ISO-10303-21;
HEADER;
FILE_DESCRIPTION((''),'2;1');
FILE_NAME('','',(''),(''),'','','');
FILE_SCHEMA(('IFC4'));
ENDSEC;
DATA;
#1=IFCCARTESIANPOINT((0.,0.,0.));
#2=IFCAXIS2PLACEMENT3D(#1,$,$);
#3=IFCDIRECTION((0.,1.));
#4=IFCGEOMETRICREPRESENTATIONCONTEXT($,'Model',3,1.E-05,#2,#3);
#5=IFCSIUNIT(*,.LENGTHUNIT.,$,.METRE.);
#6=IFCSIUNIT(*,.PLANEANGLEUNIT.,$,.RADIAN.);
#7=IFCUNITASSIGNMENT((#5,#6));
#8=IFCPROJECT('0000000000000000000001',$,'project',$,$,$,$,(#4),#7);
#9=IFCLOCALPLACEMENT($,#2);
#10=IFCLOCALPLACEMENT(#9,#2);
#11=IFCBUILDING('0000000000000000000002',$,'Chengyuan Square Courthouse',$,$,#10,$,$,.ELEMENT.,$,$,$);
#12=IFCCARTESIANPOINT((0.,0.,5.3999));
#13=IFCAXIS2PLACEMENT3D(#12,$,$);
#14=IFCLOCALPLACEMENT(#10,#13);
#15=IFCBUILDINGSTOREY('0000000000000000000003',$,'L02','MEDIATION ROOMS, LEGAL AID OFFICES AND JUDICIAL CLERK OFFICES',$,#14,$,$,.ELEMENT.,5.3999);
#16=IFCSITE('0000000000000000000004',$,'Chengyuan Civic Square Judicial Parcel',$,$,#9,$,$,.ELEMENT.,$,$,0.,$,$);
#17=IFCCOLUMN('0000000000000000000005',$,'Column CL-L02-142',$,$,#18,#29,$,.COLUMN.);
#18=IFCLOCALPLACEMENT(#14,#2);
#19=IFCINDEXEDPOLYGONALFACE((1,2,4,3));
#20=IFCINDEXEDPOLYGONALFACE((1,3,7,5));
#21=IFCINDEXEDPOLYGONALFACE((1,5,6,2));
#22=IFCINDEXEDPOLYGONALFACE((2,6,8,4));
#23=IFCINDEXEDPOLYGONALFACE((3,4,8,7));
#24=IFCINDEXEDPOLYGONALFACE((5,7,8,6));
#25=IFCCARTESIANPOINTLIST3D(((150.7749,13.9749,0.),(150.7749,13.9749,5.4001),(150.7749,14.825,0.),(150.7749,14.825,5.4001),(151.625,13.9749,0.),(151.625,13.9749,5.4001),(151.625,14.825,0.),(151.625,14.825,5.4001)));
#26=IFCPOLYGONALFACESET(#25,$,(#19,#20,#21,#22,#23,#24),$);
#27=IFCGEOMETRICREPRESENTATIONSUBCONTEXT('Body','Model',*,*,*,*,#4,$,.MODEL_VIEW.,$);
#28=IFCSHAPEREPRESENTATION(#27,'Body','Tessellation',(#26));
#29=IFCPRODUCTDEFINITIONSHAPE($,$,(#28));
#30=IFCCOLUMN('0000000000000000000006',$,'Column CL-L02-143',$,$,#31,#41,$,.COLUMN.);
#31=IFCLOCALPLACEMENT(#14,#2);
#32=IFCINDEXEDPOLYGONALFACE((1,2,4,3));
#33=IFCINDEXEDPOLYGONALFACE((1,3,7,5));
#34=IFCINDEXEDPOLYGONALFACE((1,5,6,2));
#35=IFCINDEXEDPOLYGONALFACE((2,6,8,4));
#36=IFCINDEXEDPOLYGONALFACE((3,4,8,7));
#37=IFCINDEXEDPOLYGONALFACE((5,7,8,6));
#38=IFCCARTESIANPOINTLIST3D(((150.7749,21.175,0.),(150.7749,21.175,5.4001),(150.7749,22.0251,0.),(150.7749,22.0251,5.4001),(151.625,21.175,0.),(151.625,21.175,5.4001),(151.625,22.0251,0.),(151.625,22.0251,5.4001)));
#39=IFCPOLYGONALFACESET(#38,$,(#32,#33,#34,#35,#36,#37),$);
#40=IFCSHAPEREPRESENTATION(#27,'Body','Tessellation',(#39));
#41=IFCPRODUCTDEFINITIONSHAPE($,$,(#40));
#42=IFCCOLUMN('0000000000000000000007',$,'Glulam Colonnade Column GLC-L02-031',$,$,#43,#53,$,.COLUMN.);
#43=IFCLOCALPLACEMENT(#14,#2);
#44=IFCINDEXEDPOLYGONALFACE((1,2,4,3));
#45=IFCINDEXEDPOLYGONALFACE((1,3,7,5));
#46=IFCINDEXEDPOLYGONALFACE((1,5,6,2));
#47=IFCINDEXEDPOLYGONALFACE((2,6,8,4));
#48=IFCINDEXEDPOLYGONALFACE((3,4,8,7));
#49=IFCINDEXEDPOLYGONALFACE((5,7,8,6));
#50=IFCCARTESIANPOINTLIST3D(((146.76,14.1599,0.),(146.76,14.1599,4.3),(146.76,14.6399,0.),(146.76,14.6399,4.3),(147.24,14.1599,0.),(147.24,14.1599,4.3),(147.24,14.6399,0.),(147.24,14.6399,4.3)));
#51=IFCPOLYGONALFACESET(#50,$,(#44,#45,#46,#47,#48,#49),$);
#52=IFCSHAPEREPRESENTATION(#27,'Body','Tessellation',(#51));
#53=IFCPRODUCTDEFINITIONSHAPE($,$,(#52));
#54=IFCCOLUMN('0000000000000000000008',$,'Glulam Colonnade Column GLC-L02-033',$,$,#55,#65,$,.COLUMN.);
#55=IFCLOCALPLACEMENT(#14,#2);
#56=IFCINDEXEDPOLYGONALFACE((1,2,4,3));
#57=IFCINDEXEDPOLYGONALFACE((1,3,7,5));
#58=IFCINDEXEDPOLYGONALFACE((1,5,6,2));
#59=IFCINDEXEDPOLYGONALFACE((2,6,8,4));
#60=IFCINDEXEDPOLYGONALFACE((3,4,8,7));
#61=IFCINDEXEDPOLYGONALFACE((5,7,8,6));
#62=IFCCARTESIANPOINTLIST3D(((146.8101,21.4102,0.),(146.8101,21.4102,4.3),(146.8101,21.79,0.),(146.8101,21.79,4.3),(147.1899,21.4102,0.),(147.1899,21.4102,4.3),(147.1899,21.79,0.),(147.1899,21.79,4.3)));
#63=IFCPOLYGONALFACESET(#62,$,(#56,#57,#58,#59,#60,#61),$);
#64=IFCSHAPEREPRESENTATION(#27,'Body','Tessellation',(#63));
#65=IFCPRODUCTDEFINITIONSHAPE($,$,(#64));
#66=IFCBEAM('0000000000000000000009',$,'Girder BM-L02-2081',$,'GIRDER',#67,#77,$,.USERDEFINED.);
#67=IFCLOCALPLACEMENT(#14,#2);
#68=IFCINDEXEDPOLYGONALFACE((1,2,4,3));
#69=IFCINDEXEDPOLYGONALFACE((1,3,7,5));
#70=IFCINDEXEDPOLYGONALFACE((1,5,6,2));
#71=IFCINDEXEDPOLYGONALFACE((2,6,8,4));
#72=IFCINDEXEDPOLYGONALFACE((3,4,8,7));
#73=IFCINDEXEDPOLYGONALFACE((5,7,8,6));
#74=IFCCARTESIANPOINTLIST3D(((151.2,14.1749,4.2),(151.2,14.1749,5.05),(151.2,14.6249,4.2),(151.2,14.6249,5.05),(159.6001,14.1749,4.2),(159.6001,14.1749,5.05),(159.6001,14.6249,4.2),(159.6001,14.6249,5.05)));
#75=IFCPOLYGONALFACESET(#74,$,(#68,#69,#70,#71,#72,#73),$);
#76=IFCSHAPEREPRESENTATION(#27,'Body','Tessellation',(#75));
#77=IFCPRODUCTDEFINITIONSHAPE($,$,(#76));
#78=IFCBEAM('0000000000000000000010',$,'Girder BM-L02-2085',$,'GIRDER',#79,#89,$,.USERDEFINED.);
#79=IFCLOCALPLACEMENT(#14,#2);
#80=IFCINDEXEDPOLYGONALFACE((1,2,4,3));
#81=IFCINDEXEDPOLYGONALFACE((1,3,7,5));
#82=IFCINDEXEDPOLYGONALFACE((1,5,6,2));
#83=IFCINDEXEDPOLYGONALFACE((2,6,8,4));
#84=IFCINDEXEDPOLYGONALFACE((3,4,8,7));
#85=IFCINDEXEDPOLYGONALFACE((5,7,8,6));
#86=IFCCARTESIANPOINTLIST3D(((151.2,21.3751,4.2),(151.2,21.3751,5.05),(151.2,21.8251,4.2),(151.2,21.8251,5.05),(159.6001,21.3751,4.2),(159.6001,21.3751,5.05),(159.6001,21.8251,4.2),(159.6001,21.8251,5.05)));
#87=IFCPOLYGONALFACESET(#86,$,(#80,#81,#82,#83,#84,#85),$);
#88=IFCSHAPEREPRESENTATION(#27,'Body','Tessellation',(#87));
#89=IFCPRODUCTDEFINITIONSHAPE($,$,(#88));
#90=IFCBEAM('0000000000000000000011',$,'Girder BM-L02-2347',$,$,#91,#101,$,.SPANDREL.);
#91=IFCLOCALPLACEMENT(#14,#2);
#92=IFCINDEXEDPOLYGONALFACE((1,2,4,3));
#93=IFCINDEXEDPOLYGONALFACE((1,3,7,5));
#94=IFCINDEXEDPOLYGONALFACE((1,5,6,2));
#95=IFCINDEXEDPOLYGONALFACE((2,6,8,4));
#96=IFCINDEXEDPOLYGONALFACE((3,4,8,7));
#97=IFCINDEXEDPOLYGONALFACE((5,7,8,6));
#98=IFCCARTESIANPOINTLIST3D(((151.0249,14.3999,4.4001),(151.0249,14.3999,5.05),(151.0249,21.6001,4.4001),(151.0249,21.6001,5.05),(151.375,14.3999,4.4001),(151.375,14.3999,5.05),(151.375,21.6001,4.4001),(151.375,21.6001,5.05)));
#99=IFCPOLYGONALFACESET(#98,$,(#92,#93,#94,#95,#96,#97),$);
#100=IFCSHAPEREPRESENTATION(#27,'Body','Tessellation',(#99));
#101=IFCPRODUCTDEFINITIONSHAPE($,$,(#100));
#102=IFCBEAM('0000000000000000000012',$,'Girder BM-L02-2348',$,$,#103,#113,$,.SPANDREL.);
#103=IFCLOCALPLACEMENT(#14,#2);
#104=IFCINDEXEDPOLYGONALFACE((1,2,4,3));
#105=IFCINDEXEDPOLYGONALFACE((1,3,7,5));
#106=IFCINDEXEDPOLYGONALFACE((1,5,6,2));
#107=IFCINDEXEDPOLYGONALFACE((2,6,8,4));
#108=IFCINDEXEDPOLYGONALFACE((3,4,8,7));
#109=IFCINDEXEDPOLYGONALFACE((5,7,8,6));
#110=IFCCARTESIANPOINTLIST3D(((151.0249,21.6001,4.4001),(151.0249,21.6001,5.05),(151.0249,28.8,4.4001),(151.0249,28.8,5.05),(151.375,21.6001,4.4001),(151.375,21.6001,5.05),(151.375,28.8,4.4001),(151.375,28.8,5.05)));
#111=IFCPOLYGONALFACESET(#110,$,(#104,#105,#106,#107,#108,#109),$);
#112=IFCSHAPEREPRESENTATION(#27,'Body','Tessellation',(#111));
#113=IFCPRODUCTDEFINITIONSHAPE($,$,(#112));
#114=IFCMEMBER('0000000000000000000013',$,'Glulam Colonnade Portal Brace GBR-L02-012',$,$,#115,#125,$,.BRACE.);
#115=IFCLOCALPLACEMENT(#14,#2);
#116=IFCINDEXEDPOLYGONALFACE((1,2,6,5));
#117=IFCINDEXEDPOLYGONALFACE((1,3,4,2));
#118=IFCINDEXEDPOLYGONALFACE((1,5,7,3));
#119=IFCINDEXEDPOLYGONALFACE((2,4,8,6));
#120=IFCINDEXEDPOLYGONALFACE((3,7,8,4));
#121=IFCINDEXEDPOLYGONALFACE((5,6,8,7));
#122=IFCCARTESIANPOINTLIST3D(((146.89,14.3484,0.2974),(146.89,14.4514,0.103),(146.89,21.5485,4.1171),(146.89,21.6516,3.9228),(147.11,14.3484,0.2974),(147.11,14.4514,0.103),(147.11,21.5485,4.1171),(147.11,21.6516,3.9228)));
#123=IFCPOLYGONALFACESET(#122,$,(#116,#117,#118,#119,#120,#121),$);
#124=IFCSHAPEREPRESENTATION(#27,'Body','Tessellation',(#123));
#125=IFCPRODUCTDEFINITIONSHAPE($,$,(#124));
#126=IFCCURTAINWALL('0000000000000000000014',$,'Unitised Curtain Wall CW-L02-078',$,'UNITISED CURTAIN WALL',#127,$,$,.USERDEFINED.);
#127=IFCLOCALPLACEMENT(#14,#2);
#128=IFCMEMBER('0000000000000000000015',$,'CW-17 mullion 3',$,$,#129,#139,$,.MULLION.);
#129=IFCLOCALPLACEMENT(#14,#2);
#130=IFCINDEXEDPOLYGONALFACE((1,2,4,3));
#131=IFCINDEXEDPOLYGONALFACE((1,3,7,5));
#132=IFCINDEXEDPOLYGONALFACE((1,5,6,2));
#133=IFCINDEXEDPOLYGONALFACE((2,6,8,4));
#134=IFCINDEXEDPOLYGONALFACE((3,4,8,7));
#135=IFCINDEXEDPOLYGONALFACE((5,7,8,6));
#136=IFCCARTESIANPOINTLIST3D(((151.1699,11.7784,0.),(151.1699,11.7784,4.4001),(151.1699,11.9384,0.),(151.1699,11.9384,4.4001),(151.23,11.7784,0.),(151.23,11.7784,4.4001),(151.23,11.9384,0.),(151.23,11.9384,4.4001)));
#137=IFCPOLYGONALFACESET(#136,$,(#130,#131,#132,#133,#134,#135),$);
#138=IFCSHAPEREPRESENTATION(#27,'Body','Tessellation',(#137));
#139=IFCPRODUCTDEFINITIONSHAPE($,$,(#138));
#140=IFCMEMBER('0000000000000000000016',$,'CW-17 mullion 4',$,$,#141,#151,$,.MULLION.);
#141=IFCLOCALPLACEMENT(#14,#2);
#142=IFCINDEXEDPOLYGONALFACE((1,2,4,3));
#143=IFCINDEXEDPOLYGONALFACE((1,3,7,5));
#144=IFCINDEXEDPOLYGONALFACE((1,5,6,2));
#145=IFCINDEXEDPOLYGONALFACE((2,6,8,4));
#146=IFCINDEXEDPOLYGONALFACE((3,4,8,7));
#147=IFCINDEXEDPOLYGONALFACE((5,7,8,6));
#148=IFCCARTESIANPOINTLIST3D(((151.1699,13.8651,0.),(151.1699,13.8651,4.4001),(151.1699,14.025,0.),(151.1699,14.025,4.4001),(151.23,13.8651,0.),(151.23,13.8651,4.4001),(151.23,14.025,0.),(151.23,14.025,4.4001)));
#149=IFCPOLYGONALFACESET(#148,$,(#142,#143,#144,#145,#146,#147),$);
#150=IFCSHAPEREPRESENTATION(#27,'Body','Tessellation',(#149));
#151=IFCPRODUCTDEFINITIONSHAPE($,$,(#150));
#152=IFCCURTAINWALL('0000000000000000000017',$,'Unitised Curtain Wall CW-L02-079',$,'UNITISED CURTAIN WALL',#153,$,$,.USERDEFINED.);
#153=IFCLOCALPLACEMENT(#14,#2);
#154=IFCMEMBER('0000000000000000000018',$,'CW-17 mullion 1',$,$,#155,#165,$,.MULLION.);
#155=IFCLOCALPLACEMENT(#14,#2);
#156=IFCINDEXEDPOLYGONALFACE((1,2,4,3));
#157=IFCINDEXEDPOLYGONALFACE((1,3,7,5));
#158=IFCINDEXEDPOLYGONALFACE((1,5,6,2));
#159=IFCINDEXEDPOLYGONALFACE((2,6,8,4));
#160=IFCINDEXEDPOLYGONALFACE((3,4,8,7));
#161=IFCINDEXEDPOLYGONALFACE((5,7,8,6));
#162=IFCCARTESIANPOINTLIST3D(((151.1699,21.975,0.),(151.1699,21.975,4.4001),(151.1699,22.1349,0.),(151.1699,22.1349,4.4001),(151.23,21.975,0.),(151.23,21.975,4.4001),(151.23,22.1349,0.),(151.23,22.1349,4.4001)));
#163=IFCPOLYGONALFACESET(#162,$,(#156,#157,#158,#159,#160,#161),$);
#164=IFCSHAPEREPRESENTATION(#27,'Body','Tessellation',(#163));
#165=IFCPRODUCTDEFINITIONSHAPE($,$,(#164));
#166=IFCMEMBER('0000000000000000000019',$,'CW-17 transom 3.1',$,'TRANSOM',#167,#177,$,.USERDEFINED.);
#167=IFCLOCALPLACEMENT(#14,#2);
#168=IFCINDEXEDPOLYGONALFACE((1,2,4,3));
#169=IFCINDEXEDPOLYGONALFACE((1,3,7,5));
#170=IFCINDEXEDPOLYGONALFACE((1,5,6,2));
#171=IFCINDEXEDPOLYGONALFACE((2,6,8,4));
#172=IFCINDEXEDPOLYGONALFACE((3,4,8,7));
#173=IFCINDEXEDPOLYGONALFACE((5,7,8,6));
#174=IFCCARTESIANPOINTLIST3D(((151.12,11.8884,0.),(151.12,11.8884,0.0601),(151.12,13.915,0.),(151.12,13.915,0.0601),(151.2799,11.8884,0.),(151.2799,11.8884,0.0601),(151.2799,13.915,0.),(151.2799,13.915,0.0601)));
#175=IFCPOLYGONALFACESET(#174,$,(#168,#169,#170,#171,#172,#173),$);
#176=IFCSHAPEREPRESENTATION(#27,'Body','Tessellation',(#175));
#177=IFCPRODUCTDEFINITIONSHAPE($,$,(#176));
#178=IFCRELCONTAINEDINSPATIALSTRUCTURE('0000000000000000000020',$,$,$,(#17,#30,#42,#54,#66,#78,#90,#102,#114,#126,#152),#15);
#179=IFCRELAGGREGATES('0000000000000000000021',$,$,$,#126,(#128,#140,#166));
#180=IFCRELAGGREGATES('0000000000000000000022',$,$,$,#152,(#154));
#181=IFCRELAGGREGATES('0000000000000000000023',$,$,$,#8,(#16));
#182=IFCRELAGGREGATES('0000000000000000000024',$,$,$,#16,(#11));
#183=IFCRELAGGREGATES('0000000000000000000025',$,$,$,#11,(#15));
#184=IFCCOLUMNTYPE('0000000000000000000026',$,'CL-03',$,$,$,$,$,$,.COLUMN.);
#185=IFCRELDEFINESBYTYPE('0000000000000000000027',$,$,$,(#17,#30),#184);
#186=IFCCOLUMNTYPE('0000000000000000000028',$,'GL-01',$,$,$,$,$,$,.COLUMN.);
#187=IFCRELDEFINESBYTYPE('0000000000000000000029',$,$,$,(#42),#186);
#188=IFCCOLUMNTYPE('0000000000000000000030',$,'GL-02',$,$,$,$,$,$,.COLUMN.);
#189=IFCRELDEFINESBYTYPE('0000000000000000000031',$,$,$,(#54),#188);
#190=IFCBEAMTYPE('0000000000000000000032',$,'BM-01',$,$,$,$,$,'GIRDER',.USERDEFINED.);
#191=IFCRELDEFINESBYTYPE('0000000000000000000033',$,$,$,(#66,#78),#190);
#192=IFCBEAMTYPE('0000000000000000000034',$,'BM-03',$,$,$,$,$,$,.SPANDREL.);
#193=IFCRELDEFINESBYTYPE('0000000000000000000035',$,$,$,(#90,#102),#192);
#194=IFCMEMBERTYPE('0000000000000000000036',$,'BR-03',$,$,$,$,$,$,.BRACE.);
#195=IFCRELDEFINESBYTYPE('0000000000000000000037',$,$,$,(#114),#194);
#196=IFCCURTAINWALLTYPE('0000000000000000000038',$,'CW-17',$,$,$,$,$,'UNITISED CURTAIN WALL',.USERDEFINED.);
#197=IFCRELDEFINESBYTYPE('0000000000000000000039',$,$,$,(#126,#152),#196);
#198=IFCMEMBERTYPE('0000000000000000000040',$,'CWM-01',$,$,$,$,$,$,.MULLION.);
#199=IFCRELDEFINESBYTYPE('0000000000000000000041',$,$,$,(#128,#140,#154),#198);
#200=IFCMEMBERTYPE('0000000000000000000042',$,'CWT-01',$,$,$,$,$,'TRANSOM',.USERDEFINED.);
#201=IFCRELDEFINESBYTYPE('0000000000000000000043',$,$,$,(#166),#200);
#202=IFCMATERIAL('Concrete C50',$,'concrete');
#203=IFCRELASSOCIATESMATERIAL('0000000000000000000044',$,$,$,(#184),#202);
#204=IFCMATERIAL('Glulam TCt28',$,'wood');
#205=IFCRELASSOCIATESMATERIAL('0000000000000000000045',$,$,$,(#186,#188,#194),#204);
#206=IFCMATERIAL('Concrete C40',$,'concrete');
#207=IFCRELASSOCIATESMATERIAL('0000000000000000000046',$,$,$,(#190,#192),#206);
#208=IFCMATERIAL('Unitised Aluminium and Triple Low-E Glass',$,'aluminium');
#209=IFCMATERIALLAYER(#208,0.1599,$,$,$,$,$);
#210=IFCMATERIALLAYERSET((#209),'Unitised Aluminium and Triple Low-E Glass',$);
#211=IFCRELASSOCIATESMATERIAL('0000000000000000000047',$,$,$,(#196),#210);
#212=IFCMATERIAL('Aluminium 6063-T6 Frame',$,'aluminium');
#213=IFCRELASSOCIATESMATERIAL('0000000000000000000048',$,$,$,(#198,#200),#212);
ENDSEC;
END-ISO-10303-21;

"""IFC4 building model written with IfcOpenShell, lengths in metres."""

from ifc_helpers import new_model, si_unit, direction, frame, origin, origin_2d, place, context, subcontext, project, spatial, rectangle, extrude, material, layer, layer_set, material_profile, profile_set, type_object, element, aggregate, save


model = new_model("IFC4")

# Units and contexts
model_context = context("Model", 3, precision=1e-05, world=origin(), true_north=direction((0.0, 1.0)))
body_context = subcontext(model_context, "Body", "Model", "MODEL_VIEW")
ifc_project = project(units=[si_unit("LENGTHUNIT", "METRE"), si_unit("PLANEANGLEUNIT", "RADIAN")], contexts=[model_context])

# Site, building, storey
site_placement = place(None, origin())
site = spatial("IfcSite", under=ifc_project, at=site_placement, Name="Chengyuan Civic Square Judicial Parcel", CompositionType="ELEMENT", RefElevation=0.0)
building_placement = place(site_placement, origin())
building = spatial("IfcBuilding", under=site, at=building_placement, Name="Chengyuan Square Courthouse", CompositionType="ELEMENT")
storey_placement = place(building_placement, frame((0.0, 0.0, 5.3999)))
storey = spatial("IfcBuildingStorey", under=building, at=storey_placement, Name="L02", Description="MEDIATION ROOMS, LEGAL AID OFFICES AND JUDICIAL CLERK OFFICES", CompositionType="ELEMENT", Elevation=5.3999)

# Columns
ifc_material_1 = material(Name="Concrete C50", Category="concrete")
ifc_material_profile_1 = material_profile(ifc_material_1, rectangle(XDim=0.8501, YDim=0.8501, at=origin_2d()), Name="RC-COL-850x850")
ifc_profile_set_1 = profile_set([ifc_material_profile_1], Name="Concrete C50")
column_type_1 = type_object("IfcColumnType", Name="CL-03", PredefinedType="COLUMN", material=ifc_profile_set_1)
for number, where, z_axis, x_axis, name in (
    (1, (151.2, 14.3999, 0.0), (0.0, 0.0, 1.0), (1.0, 0.0, 0.0), "Column CL-L02-142"),
    (2, (151.2, 21.6001, 0.0), (0.0, 0.0, 1.0), (1.0, 0.0, 0.0), "Column CL-L02-143"),
):
    element("IfcColumn", number, at=place(storey_placement, frame(where, z_axis=z_axis, x_axis=x_axis)), inside=storey, type_object=column_type_1, Name=name, PredefinedType="COLUMN", context=body_context, shape_type="SweptSolid", body=[
        extrude(rectangle(XDim=0.8501, YDim=0.8501, at=origin_2d()), origin(), (0.0, 0.0, 1.0), 5.4001),
    ])
ifc_material_2 = material(Name="Glulam TCt28", Category="wood")
ifc_material_profile_2 = material_profile(ifc_material_2, rectangle(XDim=0.48, YDim=0.48, at=origin_2d()), Name="GL-COL-480x480")
ifc_profile_set_2 = profile_set([ifc_material_profile_2], Name="Glulam TCt28")
column_type_2 = type_object("IfcColumnType", Name="GL-01", PredefinedType="COLUMN", material=ifc_profile_set_2)
column_1_placement = place(storey_placement, frame((147.0, 14.3999, 0.0), z_axis=(0.0, 0.0, 1.0), x_axis=(1.0, 0.0, 0.0)))
element("IfcColumn", 3, at=column_1_placement, inside=storey, type_object=column_type_2, Name="Glulam Colonnade Column GLC-L02-031", PredefinedType="COLUMN", context=body_context, shape_type="SweptSolid", body=[
    extrude(rectangle(XDim=0.48, YDim=0.48, at=origin_2d()), origin(), (0.0, 0.0, 1.0), 4.3),
])
ifc_material_profile_3 = material_profile(ifc_material_2, rectangle(XDim=0.3799, YDim=0.3799, at=origin_2d()), Name="GL-COL-380x380")
ifc_profile_set_3 = profile_set([ifc_material_profile_3], Name="Glulam TCt28")
column_type_3 = type_object("IfcColumnType", Name="GL-02", PredefinedType="COLUMN", material=ifc_profile_set_3)
column_2_placement = place(storey_placement, frame((147.0, 21.6001, 0.0), z_axis=(0.0, 0.0, 1.0), x_axis=(1.0, 0.0, 0.0)))
element("IfcColumn", 4, at=column_2_placement, inside=storey, type_object=column_type_3, Name="Glulam Colonnade Column GLC-L02-033", PredefinedType="COLUMN", context=body_context, shape_type="SweptSolid", body=[
    extrude(rectangle(XDim=0.3799, YDim=0.3799, at=origin_2d()), origin(), (0.0, 0.0, 1.0), 4.3),
])

# Beams
ifc_material_3 = material(Name="Concrete C40", Category="concrete")
ifc_material_profile_4 = material_profile(ifc_material_3, rectangle(XDim=0.45, YDim=0.8501, at=origin_2d()), Name="RC-BM-450x850")
ifc_profile_set_4 = profile_set([ifc_material_profile_4], Name="Concrete C40")
beam_type_1 = type_object("IfcBeamType", Name="BM-01", ElementType="GIRDER", PredefinedType="USERDEFINED", material=ifc_profile_set_4)
for number, where, z_axis, x_axis, name in (
    (5, (151.2, 14.3999, 4.625), (1.0, 0.0, 0.0), (0.0, 1.0, 0.0), "Girder BM-L02-2081"),
    (6, (151.2, 21.6001, 4.625), (1.0, 0.0, 0.0), (0.0, 1.0, 0.0), "Girder BM-L02-2085"),
):
    element("IfcBeam", number, at=place(storey_placement, frame(where, z_axis=z_axis, x_axis=x_axis)), inside=storey, type_object=beam_type_1, Name=name, ObjectType="GIRDER", PredefinedType="USERDEFINED", context=body_context, shape_type="SweptSolid", body=[
        extrude(rectangle(XDim=0.45, YDim=0.8501, at=origin_2d()), origin(), (0.0, 0.0, 1.0), 8.4001),
    ])
ifc_material_profile_5 = material_profile(ifc_material_3, rectangle(XDim=0.3501, YDim=0.6499, at=origin_2d()), Name="RC-BM-350x650")
ifc_profile_set_5 = profile_set([ifc_material_profile_5], Name="Concrete C40")
beam_type_2 = type_object("IfcBeamType", Name="BM-03", PredefinedType="SPANDREL", material=ifc_profile_set_5)
beam_1_placement = place(storey_placement, frame((151.2, 14.3999, 4.7251), z_axis=(0.0, 1.0, 0.0), x_axis=(-1.0, 0.0, 0.0)))
element("IfcBeam", 7, at=beam_1_placement, inside=storey, type_object=beam_type_2, Name="Girder BM-L02-2347", PredefinedType="SPANDREL", context=body_context, shape_type="SweptSolid", body=[
    extrude(rectangle(XDim=0.3501, YDim=0.6499, at=origin_2d()), origin(), (0.0, 0.0, 1.0), 7.2002),
])
beam_2_placement = place(storey_placement, frame((151.2, 21.6001, 4.7251), z_axis=(0.0, 1.0, 0.0), x_axis=(-1.0, 0.0, 0.0)))
element("IfcBeam", 8, at=beam_2_placement, inside=storey, type_object=beam_type_2, Name="Girder BM-L02-2348", PredefinedType="SPANDREL", context=body_context, shape_type="SweptSolid", body=[
    extrude(rectangle(XDim=0.3501, YDim=0.6499, at=origin_2d()), origin(), (0.0, 0.0, 1.0), 7.2),
])

# Member
ifc_material_profile_6 = material_profile(ifc_material_2, rectangle(XDim=0.22, YDim=0.22, at=origin_2d()), Name="GL-BR-220x220")
ifc_profile_set_6 = profile_set([ifc_material_profile_6], Name="Glulam TCt28")
member_type_1 = type_object("IfcMemberType", Name="BR-03", PredefinedType="BRACE", material=ifc_profile_set_6)
member_1_placement = place(storey_placement, frame((147.0, 14.3999, 0.2002), z_axis=(0.0, 0.883384, 0.46865), x_axis=(-1.0, 0.0, 0.0)))
element("IfcMember", 9, at=member_1_placement, inside=storey, type_object=member_type_1, Name="Glulam Colonnade Portal Brace GBR-L02-012", PredefinedType="BRACE", context=body_context, shape_type="SweptSolid", body=[
    extrude(rectangle(XDim=0.22, YDim=0.22, at=origin_2d()), origin(), (0.0, 0.0, 1.0), 8.1506),
])

# Curtain wall, members
ifc_material_4 = material(Name="Unitised Aluminium and Triple Low-E Glass", Category="aluminium")
ifc_layer_1 = layer(ifc_material_4, 0.1599)
ifc_layer_set_1 = layer_set([ifc_layer_1], Name="Unitised Aluminium and Triple Low-E Glass")
curtain_wall_type = type_object("IfcCurtainWallType", Name="CW-17", ElementType="UNITISED CURTAIN WALL", PredefinedType="USERDEFINED", material=ifc_layer_set_1)
curtain_wall_1_placement = place(storey_placement, origin())
curtain_wall_1 = element("IfcCurtainWall", 10, at=curtain_wall_1_placement, inside=storey, type_object=curtain_wall_type, Name="Unitised Curtain Wall CW-L02-078", ObjectType="UNITISED CURTAIN WALL", PredefinedType="USERDEFINED")
ifc_material_5 = material(Name="Aluminium 6063-T6 Frame", Category="aluminium")
ifc_material_profile_7 = material_profile(ifc_material_5, rectangle(XDim=0.0601, YDim=0.1599, at=origin_2d()), Name="CW-MUL-60x160")
ifc_profile_set_7 = profile_set([ifc_material_profile_7], Name="Aluminium 6063-T6 Frame")
member_type_2 = type_object("IfcMemberType", Name="CWM-01", PredefinedType="MULLION", material=ifc_profile_set_7)
member_2_placement = place(storey_placement, frame((151.2, 11.8584, 0.0), z_axis=(0.0, 0.0, 1.0), x_axis=(-1.0, 0.0, 0.0)))
member_2 = element("IfcMember", 11, at=member_2_placement, type_object=member_type_2, Name="CW-17 mullion 3", PredefinedType="MULLION", context=body_context, shape_type="SweptSolid", body=[
    extrude(rectangle(XDim=0.0601, YDim=0.1599, at=origin_2d()), origin(), (0.0, 0.0, 1.0), 4.4001),
])
member_3_placement = place(storey_placement, frame((151.2, 13.9451, 0.0), z_axis=(0.0, 0.0, 1.0), x_axis=(-1.0, 0.0, 0.0)))
member_3 = element("IfcMember", 12, at=member_3_placement, type_object=member_type_2, Name="CW-17 mullion 4", PredefinedType="MULLION", context=body_context, shape_type="SweptSolid", body=[
    extrude(rectangle(XDim=0.0601, YDim=0.1599, at=origin_2d()), origin(), (0.0, 0.0, 1.0), 4.4001),
])

# Curtain wall, member
curtain_wall_2_placement = place(storey_placement, origin())
curtain_wall_2 = element("IfcCurtainWall", 13, at=curtain_wall_2_placement, inside=storey, type_object=curtain_wall_type, Name="Unitised Curtain Wall CW-L02-079", ObjectType="UNITISED CURTAIN WALL", PredefinedType="USERDEFINED")
member_4_placement = place(storey_placement, frame((151.2, 22.0549, 0.0), z_axis=(0.0, 0.0, 1.0), x_axis=(-1.0, 0.0, 0.0)))
member_4 = element("IfcMember", 14, at=member_4_placement, type_object=member_type_2, Name="CW-17 mullion 1", PredefinedType="MULLION", context=body_context, shape_type="SweptSolid", body=[
    extrude(rectangle(XDim=0.0601, YDim=0.1599, at=origin_2d()), origin(), (0.0, 0.0, 1.0), 4.4001),
])

# Member
ifc_material_profile_8 = material_profile(ifc_material_5, rectangle(XDim=0.1599, YDim=0.0601, at=origin_2d()), Name="CW-TRN-60x120")
ifc_profile_set_8 = profile_set([ifc_material_profile_8], Name="Aluminium 6063-T6 Frame")
member_type_3 = type_object("IfcMemberType", Name="CWT-01", ElementType="TRANSOM", PredefinedType="USERDEFINED", material=ifc_profile_set_8)
member_5_placement = place(storey_placement, frame((151.2, 11.8884, 0.03), z_axis=(0.0, 1.0, 0.0), x_axis=(-1.0, 0.0, 0.0)))
member_5 = element("IfcMember", 15, at=member_5_placement, type_object=member_type_3, Name="CW-17 transom 3.1", ObjectType="TRANSOM", PredefinedType="USERDEFINED", context=body_context, shape_type="SweptSolid", body=[
    extrude(rectangle(XDim=0.1599, YDim=0.0601, at=origin_2d()), origin(), (0.0, 0.0, 1.0), 2.0266),
])

aggregate(curtain_wall_1, [member_2, member_3, member_5])
aggregate(curtain_wall_2, [member_4])

save(model, "model.ifc")
